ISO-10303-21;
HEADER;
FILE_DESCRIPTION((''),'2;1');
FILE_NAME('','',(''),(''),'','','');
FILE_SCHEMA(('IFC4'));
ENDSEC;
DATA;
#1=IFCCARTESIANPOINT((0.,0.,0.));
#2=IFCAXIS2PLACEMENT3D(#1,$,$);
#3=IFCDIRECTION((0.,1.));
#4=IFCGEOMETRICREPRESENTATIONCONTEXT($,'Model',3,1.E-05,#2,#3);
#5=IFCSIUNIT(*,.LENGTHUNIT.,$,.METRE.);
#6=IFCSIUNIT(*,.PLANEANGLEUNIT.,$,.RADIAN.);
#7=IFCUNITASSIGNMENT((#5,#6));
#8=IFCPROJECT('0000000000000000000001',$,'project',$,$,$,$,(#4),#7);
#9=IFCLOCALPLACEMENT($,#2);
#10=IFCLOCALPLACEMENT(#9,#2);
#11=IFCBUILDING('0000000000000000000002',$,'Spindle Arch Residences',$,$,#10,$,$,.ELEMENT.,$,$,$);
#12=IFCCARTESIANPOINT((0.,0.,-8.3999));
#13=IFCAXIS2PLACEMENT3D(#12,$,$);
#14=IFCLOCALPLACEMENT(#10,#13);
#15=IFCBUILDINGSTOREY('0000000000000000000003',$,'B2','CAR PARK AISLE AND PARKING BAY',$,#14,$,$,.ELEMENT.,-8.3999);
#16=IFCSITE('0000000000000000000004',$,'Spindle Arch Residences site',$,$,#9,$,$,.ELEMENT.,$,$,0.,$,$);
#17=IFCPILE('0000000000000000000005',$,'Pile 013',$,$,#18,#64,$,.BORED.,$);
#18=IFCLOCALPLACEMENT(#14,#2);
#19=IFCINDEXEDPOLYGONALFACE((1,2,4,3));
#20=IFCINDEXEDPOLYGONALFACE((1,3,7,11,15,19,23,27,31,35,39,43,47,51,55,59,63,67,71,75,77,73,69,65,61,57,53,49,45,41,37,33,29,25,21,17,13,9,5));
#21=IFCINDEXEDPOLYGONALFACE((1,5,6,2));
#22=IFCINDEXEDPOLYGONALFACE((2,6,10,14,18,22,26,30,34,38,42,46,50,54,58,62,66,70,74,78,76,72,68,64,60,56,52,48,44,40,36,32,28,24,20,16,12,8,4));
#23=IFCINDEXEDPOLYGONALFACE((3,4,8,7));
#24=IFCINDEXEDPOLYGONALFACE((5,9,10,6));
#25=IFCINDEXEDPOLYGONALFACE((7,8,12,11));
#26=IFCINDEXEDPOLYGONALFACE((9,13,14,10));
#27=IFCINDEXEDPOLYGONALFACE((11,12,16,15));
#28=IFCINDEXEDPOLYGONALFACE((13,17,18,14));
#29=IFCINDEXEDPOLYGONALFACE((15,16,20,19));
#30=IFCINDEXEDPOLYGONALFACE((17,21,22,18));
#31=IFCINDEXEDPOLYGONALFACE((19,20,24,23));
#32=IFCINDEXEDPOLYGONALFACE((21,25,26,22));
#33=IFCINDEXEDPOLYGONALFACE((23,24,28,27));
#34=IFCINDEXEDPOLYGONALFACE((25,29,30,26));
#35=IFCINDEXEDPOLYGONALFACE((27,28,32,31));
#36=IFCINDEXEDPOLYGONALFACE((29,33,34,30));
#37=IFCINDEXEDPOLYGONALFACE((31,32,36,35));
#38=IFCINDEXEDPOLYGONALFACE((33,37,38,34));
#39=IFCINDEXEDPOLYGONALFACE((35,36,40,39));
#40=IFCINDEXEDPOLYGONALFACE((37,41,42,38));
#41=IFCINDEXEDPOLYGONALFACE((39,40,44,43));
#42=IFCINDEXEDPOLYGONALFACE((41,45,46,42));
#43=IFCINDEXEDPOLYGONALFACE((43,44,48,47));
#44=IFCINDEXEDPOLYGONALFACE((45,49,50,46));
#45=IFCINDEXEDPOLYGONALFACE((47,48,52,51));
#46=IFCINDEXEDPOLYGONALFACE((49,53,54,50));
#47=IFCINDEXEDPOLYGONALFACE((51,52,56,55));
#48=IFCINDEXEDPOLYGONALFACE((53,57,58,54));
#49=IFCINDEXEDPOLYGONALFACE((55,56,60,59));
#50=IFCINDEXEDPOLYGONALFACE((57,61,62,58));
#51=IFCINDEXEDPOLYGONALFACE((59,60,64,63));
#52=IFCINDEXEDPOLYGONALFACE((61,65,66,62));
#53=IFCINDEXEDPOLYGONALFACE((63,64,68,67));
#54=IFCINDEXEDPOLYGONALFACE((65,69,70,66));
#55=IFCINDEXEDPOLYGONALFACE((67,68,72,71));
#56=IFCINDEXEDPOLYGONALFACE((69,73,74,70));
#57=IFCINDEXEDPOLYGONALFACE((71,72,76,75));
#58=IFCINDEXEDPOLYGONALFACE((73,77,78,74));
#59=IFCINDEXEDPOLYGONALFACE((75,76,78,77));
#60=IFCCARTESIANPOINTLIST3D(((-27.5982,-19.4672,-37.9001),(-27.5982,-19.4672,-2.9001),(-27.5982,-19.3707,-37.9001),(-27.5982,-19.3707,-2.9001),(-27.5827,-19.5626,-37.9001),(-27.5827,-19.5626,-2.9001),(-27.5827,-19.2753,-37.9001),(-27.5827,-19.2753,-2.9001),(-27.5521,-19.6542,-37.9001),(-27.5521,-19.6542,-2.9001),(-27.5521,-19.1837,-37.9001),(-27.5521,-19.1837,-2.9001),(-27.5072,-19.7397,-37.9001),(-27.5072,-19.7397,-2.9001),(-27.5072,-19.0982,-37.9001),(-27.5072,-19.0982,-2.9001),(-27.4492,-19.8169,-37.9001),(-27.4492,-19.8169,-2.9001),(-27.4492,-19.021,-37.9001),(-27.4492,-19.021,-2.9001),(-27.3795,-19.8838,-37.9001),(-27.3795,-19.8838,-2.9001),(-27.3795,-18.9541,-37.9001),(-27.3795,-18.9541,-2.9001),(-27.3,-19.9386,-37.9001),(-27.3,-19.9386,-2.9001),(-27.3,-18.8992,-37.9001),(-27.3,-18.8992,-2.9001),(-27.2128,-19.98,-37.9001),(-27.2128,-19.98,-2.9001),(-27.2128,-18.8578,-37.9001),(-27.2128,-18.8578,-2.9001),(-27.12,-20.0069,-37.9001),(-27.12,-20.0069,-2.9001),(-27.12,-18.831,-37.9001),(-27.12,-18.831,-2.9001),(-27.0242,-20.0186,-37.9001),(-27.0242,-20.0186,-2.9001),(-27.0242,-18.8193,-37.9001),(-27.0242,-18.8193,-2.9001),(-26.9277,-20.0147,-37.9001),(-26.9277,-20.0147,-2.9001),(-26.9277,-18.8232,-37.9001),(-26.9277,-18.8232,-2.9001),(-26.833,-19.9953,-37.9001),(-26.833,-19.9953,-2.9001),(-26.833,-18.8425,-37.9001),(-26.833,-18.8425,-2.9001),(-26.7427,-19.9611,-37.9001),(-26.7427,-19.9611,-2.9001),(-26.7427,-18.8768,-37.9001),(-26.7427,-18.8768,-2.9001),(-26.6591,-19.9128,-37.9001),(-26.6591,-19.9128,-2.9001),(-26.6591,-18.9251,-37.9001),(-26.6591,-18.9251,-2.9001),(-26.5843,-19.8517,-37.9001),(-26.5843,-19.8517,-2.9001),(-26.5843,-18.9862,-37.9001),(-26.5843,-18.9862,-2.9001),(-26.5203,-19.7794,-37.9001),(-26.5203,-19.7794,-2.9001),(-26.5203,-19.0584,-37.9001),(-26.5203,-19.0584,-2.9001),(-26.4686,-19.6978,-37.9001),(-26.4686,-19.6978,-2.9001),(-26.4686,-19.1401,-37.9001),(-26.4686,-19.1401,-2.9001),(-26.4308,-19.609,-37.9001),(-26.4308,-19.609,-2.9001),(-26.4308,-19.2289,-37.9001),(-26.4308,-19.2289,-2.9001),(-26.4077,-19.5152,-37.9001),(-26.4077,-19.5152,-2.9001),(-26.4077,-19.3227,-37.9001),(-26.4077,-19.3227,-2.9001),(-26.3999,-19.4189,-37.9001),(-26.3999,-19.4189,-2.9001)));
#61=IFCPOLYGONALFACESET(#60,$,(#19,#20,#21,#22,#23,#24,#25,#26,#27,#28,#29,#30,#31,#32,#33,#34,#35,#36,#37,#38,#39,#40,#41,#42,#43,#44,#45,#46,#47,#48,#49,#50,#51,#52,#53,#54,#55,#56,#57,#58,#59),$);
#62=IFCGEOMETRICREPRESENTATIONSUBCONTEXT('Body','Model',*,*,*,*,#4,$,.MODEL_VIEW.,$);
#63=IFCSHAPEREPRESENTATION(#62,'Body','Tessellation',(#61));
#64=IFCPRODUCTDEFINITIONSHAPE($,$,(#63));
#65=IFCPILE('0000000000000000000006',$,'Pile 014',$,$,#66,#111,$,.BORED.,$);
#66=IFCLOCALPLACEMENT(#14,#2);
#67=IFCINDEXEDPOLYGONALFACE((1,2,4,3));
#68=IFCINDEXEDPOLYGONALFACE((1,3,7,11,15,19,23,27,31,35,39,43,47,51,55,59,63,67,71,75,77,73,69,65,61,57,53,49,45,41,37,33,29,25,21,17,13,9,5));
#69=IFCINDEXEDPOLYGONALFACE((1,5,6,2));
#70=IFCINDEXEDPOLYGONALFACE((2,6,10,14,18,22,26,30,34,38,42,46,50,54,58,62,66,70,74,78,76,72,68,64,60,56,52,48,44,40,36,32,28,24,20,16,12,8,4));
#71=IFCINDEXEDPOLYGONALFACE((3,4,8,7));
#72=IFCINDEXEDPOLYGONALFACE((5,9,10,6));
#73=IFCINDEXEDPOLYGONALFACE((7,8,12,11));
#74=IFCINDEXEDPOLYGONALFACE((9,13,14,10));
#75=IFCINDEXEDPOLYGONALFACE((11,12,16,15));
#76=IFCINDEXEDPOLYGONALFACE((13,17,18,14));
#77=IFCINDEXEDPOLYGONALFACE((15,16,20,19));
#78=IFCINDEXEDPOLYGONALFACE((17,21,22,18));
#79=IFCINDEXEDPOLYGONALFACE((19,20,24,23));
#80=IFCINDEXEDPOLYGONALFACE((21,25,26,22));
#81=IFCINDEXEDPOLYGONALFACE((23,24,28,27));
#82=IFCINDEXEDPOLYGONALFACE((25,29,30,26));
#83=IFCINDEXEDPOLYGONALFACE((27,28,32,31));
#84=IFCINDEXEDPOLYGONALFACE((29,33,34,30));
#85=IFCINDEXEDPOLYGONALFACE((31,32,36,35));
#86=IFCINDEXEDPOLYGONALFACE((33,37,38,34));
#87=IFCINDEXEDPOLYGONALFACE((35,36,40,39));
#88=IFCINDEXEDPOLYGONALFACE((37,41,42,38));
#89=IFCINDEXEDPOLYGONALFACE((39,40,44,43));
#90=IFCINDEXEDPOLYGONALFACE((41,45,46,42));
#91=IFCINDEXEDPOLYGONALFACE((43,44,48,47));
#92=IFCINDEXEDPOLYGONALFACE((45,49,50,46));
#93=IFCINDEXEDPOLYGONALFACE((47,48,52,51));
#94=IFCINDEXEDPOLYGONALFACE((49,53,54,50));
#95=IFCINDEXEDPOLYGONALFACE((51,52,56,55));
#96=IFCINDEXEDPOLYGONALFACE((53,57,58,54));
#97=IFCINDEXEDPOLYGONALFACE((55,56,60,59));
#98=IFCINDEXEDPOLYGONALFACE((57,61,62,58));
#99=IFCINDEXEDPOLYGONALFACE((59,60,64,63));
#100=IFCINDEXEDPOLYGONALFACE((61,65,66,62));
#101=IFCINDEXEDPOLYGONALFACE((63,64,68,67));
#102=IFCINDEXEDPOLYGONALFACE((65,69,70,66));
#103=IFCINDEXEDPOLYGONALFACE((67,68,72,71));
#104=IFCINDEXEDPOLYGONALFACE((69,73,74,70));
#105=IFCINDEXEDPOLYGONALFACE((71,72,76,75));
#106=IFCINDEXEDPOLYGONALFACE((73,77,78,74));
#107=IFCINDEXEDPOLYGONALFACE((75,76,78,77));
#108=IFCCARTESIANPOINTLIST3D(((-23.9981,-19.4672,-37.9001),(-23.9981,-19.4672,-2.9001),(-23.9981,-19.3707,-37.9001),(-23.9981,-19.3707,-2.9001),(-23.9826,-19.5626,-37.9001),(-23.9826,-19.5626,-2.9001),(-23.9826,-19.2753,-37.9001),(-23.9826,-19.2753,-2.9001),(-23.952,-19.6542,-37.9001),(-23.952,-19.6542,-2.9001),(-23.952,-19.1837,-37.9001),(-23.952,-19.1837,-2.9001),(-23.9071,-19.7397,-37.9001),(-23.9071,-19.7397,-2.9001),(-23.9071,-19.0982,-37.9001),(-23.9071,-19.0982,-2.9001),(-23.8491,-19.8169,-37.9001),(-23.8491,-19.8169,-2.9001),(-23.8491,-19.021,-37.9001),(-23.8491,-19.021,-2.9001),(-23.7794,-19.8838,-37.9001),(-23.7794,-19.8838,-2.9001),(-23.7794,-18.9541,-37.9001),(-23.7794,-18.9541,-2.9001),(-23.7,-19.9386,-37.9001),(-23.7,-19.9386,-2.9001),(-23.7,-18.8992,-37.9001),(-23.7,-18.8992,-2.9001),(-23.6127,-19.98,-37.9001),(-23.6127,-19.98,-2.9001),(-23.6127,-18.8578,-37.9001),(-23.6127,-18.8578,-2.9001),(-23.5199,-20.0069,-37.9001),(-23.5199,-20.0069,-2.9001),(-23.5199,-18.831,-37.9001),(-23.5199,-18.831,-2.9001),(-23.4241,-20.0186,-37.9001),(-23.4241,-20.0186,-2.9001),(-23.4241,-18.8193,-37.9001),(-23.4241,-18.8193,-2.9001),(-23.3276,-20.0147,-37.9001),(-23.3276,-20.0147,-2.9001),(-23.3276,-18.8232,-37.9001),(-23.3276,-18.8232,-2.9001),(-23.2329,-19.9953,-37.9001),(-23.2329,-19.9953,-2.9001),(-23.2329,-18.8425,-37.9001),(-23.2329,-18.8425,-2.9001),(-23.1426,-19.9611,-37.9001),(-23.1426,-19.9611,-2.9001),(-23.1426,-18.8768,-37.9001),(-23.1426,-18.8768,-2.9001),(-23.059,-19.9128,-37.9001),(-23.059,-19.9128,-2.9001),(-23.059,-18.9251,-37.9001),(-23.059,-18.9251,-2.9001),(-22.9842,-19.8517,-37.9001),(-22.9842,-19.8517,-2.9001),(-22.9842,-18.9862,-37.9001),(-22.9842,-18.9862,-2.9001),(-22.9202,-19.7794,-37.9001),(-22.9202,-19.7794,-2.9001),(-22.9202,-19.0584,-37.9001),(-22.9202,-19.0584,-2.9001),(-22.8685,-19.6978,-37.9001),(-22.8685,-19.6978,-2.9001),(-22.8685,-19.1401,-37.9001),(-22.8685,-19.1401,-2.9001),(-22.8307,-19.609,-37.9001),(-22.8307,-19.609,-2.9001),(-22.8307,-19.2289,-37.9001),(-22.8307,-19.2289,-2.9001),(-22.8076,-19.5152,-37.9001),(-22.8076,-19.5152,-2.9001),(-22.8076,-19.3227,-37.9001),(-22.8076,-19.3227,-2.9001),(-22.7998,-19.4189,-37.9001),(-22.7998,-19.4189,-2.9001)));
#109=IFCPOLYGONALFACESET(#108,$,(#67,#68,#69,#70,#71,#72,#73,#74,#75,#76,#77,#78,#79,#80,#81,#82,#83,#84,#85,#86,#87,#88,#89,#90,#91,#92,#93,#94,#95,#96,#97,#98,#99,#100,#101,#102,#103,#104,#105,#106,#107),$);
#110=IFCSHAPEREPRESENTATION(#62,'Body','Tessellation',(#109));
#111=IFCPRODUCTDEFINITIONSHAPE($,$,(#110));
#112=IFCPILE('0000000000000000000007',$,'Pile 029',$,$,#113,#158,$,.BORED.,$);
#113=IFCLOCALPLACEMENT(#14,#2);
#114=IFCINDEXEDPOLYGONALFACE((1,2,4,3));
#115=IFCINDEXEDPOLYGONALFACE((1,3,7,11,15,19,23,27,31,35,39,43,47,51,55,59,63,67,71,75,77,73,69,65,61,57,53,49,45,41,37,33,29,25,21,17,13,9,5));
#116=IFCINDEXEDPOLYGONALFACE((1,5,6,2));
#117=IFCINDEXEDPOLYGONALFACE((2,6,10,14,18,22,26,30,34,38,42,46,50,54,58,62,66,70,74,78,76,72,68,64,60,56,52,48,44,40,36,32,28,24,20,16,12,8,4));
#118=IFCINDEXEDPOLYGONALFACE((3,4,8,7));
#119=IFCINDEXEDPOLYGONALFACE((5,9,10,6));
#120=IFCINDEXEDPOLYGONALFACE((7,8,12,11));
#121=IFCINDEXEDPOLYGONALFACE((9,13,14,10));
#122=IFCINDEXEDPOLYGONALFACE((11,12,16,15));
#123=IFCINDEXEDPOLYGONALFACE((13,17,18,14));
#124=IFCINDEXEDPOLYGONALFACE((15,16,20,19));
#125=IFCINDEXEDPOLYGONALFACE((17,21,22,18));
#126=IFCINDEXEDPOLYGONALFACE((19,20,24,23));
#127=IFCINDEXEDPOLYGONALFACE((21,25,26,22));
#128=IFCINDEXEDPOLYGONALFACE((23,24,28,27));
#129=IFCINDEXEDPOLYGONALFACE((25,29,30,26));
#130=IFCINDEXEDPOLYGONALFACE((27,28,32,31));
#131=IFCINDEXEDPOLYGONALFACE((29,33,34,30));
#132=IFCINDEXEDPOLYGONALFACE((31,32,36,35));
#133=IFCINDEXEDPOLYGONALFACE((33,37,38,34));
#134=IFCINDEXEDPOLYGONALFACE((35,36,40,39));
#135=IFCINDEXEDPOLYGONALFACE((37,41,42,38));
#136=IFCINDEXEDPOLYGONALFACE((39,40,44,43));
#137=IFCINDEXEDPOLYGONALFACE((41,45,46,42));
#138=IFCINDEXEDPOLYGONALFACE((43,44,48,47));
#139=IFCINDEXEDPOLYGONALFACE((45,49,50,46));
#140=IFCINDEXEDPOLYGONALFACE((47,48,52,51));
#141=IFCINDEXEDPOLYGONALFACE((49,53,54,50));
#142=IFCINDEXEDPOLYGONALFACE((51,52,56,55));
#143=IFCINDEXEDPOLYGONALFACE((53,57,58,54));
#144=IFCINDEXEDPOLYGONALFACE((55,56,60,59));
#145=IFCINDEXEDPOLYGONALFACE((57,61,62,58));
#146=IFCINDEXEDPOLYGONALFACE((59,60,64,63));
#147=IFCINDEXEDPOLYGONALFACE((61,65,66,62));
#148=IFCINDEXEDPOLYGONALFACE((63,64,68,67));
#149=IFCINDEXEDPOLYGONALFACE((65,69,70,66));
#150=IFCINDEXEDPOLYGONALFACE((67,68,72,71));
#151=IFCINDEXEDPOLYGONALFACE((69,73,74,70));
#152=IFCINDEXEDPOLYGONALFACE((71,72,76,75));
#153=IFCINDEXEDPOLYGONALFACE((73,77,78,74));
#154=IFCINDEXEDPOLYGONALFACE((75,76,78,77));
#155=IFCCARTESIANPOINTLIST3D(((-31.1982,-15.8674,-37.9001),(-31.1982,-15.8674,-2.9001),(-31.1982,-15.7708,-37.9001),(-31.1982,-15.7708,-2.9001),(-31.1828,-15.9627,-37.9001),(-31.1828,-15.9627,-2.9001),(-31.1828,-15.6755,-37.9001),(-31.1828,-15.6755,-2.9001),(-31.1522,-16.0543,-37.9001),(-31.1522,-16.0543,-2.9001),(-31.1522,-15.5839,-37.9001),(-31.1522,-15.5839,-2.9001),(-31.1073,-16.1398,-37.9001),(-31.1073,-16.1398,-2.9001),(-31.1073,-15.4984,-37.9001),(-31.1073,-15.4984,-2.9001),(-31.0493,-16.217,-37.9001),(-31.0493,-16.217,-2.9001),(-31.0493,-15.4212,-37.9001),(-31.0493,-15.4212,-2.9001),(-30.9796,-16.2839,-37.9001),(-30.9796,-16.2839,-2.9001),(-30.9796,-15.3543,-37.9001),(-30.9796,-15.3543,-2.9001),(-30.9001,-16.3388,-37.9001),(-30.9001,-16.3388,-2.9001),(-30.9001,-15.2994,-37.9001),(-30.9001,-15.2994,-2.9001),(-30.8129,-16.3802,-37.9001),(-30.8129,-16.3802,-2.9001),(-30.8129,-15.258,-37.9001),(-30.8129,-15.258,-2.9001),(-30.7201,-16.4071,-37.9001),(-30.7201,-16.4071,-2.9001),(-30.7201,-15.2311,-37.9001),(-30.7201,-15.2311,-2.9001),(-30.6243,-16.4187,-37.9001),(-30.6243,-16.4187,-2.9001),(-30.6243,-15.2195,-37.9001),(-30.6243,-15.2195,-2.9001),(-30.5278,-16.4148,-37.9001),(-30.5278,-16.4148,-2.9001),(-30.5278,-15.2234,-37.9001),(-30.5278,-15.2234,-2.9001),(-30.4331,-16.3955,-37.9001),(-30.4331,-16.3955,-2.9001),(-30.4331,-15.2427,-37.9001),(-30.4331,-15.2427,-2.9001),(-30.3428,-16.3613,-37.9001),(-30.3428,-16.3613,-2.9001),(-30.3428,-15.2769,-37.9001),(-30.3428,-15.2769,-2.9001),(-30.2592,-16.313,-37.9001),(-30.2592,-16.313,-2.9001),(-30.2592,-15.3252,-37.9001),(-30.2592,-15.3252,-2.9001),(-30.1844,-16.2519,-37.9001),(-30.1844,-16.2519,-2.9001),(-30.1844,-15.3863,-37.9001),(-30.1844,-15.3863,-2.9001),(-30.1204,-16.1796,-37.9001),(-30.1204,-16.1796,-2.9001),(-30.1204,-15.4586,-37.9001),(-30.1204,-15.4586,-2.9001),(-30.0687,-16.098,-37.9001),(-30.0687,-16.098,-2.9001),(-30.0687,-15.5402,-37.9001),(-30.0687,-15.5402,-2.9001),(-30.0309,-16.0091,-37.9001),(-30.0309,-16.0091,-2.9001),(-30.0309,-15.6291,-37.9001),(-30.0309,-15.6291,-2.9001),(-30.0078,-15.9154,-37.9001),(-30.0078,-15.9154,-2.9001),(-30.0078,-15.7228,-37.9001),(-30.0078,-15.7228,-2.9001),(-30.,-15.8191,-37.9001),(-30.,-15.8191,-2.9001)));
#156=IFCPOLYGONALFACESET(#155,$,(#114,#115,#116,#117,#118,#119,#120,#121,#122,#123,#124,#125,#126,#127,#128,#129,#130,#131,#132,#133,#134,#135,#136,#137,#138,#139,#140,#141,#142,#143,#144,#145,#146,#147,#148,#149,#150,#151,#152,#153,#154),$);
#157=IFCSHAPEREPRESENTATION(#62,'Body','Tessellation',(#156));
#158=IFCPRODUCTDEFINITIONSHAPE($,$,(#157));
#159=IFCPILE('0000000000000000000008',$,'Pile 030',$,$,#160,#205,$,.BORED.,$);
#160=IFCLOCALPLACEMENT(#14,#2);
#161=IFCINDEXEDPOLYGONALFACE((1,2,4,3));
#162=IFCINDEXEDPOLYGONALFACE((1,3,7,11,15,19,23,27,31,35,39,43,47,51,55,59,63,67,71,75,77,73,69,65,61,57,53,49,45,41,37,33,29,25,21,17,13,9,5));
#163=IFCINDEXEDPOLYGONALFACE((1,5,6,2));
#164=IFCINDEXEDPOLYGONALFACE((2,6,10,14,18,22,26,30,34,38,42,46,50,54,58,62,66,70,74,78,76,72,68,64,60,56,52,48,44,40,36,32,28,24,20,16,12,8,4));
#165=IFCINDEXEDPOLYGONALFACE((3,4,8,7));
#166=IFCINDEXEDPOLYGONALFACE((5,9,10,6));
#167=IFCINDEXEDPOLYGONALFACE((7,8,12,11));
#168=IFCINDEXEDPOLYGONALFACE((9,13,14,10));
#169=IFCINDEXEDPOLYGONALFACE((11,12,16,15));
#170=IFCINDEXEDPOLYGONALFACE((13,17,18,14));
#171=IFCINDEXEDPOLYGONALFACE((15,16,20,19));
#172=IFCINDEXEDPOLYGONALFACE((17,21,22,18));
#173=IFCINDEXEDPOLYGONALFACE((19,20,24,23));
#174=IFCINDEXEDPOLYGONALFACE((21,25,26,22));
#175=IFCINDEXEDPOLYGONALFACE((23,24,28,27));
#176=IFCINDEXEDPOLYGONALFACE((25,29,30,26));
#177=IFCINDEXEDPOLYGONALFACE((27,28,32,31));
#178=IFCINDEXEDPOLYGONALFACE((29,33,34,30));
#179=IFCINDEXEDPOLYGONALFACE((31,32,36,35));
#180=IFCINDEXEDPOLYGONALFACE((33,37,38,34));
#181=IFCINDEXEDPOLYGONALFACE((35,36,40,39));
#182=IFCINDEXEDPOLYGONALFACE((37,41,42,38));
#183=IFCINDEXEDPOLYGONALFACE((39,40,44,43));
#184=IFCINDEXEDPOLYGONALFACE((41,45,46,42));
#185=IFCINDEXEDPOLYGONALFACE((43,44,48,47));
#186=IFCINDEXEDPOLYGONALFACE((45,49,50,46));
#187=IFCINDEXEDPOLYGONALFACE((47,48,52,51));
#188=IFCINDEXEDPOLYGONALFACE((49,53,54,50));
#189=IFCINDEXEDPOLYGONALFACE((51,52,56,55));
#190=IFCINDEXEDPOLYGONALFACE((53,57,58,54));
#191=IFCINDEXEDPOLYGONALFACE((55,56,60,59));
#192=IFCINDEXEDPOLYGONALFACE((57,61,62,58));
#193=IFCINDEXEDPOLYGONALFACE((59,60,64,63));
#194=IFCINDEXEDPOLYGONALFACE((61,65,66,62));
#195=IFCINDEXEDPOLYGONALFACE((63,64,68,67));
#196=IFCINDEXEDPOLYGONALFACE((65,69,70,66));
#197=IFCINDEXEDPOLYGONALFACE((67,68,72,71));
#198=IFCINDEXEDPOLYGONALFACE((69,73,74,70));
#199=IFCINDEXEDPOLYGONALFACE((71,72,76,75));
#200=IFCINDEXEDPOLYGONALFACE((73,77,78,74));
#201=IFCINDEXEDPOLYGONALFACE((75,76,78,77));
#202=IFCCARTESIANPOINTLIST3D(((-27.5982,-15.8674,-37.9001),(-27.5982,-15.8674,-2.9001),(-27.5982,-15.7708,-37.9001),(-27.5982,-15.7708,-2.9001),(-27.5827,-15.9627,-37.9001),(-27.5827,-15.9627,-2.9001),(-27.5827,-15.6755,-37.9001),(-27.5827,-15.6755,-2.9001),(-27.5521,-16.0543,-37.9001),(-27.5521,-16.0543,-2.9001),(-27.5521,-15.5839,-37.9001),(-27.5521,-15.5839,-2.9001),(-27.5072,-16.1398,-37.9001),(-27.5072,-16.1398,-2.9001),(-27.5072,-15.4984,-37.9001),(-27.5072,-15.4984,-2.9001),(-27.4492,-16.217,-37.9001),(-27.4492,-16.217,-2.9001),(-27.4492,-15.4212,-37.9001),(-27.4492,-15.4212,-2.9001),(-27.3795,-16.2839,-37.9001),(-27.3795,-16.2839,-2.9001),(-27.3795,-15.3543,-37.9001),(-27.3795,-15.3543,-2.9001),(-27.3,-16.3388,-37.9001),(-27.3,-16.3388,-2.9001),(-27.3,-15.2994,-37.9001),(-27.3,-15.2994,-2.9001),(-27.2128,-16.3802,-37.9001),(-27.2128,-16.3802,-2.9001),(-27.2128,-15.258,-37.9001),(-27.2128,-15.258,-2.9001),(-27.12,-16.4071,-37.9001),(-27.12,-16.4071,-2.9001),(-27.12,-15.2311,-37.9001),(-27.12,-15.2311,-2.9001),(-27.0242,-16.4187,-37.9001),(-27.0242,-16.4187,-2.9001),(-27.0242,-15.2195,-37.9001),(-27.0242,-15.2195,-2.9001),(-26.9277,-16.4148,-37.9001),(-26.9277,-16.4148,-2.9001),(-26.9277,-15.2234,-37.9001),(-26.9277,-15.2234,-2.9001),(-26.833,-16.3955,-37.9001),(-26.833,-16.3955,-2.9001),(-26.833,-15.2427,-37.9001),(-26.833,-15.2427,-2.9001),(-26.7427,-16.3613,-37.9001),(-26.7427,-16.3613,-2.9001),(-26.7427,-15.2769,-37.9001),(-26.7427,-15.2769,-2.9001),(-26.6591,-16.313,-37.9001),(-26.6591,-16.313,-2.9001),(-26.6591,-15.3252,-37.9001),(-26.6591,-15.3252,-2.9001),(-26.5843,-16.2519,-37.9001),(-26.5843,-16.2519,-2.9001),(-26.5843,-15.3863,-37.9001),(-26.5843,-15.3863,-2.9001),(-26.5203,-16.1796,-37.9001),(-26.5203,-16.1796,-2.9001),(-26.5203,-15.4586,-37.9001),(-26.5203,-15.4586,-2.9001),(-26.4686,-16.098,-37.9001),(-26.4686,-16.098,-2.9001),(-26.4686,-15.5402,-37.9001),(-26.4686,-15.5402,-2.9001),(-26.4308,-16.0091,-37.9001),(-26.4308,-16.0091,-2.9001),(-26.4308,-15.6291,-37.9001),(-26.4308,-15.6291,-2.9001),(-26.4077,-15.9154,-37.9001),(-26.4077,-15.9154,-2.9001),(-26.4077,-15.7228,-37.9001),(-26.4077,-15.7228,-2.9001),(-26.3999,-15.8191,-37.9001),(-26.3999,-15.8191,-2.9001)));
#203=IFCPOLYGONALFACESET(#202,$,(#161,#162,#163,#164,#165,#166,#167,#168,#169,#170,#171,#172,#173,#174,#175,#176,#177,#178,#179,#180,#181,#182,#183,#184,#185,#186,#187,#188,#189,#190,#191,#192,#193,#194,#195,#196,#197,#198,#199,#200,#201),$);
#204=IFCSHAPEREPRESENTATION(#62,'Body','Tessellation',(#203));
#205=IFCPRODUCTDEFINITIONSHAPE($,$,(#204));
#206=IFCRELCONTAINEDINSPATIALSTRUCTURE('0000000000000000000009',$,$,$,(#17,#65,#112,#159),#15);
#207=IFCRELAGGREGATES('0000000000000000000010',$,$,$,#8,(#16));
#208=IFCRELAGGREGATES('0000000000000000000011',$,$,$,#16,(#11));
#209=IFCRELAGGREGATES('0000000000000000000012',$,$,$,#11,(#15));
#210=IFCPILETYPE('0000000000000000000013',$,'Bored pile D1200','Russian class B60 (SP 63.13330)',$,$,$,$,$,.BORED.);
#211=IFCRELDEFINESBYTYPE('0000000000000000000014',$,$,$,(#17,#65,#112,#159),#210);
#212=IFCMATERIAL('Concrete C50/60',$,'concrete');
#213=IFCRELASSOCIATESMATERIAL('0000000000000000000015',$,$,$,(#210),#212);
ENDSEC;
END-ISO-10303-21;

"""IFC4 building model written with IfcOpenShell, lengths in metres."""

from ifc_helpers import new_model, si_unit, direction, frame, origin, origin_2d, place, context, subcontext, project, spatial, circle, extrude, material, material_profile, profile_set, type_object, element, save


model = new_model("IFC4")

# Units and contexts
model_context = context("Model", 3, precision=1e-05, world=origin(), true_north=direction((0.0, 1.0)))
body_context = subcontext(model_context, "Body", "Model", "MODEL_VIEW")
ifc_project = project(units=[si_unit("LENGTHUNIT", "METRE"), si_unit("PLANEANGLEUNIT", "RADIAN")], contexts=[model_context])

# Site, building, storey
site_placement = place(None, origin())
site = spatial("IfcSite", under=ifc_project, at=site_placement, Name="Spindle Arch Residences site", CompositionType="ELEMENT", RefElevation=0.0)
building_placement = place(site_placement, origin())
building = spatial("IfcBuilding", under=site, at=building_placement, Name="Spindle Arch Residences", CompositionType="ELEMENT")
storey_placement = place(building_placement, frame((0.0, 0.0, -8.3999)))
storey = spatial("IfcBuildingStorey", under=building, at=storey_placement, Name="B2", Description="CAR PARK AISLE AND PARKING BAY", CompositionType="ELEMENT", Elevation=-8.3999)

# Piles
ifc_material_1 = material(Name="Concrete C50/60", Category="concrete")
ifc_material_profile_1 = material_profile(ifc_material_1, circle(Radius=0.6001, at=origin_2d()), Name="BP D1200")
ifc_profile_set_1 = profile_set([ifc_material_profile_1], Name="Concrete C50/60")
pile_type = type_object("IfcPileType", Name="Bored pile D1200", Description="Russian class B60 (SP 63.13330)", PredefinedType="BORED", material=ifc_profile_set_1)
for number, where, z_axis, x_axis, name in (
    (1, (-27.0, -19.4189, -2.9001), (0.0, 0.0, -1.0), (1.0, 0.0, 0.0), "Pile 013"),
    (2, (-23.3999, -19.4189, -2.9001), (0.0, 0.0, -1.0), (1.0, 0.0, 0.0), "Pile 014"),
    (3, (-30.6001, -15.8191, -2.9001), (0.0, 0.0, -1.0), (1.0, 0.0, 0.0), "Pile 029"),
    (4, (-27.0, -15.8191, -2.9001), (0.0, 0.0, -1.0), (1.0, 0.0, 0.0), "Pile 030"),
):
    element("IfcPile", number, at=place(storey_placement, frame(where, z_axis=z_axis, x_axis=x_axis)), inside=storey, type_object=pile_type, Name=name, PredefinedType="BORED", context=body_context, shape_type="SweptSolid", body=[
        extrude(circle(Radius=0.6001, at=origin_2d()), origin(), (0.0, 0.0, 1.0), 35.0),
    ])

save(model, "model.ifc")
